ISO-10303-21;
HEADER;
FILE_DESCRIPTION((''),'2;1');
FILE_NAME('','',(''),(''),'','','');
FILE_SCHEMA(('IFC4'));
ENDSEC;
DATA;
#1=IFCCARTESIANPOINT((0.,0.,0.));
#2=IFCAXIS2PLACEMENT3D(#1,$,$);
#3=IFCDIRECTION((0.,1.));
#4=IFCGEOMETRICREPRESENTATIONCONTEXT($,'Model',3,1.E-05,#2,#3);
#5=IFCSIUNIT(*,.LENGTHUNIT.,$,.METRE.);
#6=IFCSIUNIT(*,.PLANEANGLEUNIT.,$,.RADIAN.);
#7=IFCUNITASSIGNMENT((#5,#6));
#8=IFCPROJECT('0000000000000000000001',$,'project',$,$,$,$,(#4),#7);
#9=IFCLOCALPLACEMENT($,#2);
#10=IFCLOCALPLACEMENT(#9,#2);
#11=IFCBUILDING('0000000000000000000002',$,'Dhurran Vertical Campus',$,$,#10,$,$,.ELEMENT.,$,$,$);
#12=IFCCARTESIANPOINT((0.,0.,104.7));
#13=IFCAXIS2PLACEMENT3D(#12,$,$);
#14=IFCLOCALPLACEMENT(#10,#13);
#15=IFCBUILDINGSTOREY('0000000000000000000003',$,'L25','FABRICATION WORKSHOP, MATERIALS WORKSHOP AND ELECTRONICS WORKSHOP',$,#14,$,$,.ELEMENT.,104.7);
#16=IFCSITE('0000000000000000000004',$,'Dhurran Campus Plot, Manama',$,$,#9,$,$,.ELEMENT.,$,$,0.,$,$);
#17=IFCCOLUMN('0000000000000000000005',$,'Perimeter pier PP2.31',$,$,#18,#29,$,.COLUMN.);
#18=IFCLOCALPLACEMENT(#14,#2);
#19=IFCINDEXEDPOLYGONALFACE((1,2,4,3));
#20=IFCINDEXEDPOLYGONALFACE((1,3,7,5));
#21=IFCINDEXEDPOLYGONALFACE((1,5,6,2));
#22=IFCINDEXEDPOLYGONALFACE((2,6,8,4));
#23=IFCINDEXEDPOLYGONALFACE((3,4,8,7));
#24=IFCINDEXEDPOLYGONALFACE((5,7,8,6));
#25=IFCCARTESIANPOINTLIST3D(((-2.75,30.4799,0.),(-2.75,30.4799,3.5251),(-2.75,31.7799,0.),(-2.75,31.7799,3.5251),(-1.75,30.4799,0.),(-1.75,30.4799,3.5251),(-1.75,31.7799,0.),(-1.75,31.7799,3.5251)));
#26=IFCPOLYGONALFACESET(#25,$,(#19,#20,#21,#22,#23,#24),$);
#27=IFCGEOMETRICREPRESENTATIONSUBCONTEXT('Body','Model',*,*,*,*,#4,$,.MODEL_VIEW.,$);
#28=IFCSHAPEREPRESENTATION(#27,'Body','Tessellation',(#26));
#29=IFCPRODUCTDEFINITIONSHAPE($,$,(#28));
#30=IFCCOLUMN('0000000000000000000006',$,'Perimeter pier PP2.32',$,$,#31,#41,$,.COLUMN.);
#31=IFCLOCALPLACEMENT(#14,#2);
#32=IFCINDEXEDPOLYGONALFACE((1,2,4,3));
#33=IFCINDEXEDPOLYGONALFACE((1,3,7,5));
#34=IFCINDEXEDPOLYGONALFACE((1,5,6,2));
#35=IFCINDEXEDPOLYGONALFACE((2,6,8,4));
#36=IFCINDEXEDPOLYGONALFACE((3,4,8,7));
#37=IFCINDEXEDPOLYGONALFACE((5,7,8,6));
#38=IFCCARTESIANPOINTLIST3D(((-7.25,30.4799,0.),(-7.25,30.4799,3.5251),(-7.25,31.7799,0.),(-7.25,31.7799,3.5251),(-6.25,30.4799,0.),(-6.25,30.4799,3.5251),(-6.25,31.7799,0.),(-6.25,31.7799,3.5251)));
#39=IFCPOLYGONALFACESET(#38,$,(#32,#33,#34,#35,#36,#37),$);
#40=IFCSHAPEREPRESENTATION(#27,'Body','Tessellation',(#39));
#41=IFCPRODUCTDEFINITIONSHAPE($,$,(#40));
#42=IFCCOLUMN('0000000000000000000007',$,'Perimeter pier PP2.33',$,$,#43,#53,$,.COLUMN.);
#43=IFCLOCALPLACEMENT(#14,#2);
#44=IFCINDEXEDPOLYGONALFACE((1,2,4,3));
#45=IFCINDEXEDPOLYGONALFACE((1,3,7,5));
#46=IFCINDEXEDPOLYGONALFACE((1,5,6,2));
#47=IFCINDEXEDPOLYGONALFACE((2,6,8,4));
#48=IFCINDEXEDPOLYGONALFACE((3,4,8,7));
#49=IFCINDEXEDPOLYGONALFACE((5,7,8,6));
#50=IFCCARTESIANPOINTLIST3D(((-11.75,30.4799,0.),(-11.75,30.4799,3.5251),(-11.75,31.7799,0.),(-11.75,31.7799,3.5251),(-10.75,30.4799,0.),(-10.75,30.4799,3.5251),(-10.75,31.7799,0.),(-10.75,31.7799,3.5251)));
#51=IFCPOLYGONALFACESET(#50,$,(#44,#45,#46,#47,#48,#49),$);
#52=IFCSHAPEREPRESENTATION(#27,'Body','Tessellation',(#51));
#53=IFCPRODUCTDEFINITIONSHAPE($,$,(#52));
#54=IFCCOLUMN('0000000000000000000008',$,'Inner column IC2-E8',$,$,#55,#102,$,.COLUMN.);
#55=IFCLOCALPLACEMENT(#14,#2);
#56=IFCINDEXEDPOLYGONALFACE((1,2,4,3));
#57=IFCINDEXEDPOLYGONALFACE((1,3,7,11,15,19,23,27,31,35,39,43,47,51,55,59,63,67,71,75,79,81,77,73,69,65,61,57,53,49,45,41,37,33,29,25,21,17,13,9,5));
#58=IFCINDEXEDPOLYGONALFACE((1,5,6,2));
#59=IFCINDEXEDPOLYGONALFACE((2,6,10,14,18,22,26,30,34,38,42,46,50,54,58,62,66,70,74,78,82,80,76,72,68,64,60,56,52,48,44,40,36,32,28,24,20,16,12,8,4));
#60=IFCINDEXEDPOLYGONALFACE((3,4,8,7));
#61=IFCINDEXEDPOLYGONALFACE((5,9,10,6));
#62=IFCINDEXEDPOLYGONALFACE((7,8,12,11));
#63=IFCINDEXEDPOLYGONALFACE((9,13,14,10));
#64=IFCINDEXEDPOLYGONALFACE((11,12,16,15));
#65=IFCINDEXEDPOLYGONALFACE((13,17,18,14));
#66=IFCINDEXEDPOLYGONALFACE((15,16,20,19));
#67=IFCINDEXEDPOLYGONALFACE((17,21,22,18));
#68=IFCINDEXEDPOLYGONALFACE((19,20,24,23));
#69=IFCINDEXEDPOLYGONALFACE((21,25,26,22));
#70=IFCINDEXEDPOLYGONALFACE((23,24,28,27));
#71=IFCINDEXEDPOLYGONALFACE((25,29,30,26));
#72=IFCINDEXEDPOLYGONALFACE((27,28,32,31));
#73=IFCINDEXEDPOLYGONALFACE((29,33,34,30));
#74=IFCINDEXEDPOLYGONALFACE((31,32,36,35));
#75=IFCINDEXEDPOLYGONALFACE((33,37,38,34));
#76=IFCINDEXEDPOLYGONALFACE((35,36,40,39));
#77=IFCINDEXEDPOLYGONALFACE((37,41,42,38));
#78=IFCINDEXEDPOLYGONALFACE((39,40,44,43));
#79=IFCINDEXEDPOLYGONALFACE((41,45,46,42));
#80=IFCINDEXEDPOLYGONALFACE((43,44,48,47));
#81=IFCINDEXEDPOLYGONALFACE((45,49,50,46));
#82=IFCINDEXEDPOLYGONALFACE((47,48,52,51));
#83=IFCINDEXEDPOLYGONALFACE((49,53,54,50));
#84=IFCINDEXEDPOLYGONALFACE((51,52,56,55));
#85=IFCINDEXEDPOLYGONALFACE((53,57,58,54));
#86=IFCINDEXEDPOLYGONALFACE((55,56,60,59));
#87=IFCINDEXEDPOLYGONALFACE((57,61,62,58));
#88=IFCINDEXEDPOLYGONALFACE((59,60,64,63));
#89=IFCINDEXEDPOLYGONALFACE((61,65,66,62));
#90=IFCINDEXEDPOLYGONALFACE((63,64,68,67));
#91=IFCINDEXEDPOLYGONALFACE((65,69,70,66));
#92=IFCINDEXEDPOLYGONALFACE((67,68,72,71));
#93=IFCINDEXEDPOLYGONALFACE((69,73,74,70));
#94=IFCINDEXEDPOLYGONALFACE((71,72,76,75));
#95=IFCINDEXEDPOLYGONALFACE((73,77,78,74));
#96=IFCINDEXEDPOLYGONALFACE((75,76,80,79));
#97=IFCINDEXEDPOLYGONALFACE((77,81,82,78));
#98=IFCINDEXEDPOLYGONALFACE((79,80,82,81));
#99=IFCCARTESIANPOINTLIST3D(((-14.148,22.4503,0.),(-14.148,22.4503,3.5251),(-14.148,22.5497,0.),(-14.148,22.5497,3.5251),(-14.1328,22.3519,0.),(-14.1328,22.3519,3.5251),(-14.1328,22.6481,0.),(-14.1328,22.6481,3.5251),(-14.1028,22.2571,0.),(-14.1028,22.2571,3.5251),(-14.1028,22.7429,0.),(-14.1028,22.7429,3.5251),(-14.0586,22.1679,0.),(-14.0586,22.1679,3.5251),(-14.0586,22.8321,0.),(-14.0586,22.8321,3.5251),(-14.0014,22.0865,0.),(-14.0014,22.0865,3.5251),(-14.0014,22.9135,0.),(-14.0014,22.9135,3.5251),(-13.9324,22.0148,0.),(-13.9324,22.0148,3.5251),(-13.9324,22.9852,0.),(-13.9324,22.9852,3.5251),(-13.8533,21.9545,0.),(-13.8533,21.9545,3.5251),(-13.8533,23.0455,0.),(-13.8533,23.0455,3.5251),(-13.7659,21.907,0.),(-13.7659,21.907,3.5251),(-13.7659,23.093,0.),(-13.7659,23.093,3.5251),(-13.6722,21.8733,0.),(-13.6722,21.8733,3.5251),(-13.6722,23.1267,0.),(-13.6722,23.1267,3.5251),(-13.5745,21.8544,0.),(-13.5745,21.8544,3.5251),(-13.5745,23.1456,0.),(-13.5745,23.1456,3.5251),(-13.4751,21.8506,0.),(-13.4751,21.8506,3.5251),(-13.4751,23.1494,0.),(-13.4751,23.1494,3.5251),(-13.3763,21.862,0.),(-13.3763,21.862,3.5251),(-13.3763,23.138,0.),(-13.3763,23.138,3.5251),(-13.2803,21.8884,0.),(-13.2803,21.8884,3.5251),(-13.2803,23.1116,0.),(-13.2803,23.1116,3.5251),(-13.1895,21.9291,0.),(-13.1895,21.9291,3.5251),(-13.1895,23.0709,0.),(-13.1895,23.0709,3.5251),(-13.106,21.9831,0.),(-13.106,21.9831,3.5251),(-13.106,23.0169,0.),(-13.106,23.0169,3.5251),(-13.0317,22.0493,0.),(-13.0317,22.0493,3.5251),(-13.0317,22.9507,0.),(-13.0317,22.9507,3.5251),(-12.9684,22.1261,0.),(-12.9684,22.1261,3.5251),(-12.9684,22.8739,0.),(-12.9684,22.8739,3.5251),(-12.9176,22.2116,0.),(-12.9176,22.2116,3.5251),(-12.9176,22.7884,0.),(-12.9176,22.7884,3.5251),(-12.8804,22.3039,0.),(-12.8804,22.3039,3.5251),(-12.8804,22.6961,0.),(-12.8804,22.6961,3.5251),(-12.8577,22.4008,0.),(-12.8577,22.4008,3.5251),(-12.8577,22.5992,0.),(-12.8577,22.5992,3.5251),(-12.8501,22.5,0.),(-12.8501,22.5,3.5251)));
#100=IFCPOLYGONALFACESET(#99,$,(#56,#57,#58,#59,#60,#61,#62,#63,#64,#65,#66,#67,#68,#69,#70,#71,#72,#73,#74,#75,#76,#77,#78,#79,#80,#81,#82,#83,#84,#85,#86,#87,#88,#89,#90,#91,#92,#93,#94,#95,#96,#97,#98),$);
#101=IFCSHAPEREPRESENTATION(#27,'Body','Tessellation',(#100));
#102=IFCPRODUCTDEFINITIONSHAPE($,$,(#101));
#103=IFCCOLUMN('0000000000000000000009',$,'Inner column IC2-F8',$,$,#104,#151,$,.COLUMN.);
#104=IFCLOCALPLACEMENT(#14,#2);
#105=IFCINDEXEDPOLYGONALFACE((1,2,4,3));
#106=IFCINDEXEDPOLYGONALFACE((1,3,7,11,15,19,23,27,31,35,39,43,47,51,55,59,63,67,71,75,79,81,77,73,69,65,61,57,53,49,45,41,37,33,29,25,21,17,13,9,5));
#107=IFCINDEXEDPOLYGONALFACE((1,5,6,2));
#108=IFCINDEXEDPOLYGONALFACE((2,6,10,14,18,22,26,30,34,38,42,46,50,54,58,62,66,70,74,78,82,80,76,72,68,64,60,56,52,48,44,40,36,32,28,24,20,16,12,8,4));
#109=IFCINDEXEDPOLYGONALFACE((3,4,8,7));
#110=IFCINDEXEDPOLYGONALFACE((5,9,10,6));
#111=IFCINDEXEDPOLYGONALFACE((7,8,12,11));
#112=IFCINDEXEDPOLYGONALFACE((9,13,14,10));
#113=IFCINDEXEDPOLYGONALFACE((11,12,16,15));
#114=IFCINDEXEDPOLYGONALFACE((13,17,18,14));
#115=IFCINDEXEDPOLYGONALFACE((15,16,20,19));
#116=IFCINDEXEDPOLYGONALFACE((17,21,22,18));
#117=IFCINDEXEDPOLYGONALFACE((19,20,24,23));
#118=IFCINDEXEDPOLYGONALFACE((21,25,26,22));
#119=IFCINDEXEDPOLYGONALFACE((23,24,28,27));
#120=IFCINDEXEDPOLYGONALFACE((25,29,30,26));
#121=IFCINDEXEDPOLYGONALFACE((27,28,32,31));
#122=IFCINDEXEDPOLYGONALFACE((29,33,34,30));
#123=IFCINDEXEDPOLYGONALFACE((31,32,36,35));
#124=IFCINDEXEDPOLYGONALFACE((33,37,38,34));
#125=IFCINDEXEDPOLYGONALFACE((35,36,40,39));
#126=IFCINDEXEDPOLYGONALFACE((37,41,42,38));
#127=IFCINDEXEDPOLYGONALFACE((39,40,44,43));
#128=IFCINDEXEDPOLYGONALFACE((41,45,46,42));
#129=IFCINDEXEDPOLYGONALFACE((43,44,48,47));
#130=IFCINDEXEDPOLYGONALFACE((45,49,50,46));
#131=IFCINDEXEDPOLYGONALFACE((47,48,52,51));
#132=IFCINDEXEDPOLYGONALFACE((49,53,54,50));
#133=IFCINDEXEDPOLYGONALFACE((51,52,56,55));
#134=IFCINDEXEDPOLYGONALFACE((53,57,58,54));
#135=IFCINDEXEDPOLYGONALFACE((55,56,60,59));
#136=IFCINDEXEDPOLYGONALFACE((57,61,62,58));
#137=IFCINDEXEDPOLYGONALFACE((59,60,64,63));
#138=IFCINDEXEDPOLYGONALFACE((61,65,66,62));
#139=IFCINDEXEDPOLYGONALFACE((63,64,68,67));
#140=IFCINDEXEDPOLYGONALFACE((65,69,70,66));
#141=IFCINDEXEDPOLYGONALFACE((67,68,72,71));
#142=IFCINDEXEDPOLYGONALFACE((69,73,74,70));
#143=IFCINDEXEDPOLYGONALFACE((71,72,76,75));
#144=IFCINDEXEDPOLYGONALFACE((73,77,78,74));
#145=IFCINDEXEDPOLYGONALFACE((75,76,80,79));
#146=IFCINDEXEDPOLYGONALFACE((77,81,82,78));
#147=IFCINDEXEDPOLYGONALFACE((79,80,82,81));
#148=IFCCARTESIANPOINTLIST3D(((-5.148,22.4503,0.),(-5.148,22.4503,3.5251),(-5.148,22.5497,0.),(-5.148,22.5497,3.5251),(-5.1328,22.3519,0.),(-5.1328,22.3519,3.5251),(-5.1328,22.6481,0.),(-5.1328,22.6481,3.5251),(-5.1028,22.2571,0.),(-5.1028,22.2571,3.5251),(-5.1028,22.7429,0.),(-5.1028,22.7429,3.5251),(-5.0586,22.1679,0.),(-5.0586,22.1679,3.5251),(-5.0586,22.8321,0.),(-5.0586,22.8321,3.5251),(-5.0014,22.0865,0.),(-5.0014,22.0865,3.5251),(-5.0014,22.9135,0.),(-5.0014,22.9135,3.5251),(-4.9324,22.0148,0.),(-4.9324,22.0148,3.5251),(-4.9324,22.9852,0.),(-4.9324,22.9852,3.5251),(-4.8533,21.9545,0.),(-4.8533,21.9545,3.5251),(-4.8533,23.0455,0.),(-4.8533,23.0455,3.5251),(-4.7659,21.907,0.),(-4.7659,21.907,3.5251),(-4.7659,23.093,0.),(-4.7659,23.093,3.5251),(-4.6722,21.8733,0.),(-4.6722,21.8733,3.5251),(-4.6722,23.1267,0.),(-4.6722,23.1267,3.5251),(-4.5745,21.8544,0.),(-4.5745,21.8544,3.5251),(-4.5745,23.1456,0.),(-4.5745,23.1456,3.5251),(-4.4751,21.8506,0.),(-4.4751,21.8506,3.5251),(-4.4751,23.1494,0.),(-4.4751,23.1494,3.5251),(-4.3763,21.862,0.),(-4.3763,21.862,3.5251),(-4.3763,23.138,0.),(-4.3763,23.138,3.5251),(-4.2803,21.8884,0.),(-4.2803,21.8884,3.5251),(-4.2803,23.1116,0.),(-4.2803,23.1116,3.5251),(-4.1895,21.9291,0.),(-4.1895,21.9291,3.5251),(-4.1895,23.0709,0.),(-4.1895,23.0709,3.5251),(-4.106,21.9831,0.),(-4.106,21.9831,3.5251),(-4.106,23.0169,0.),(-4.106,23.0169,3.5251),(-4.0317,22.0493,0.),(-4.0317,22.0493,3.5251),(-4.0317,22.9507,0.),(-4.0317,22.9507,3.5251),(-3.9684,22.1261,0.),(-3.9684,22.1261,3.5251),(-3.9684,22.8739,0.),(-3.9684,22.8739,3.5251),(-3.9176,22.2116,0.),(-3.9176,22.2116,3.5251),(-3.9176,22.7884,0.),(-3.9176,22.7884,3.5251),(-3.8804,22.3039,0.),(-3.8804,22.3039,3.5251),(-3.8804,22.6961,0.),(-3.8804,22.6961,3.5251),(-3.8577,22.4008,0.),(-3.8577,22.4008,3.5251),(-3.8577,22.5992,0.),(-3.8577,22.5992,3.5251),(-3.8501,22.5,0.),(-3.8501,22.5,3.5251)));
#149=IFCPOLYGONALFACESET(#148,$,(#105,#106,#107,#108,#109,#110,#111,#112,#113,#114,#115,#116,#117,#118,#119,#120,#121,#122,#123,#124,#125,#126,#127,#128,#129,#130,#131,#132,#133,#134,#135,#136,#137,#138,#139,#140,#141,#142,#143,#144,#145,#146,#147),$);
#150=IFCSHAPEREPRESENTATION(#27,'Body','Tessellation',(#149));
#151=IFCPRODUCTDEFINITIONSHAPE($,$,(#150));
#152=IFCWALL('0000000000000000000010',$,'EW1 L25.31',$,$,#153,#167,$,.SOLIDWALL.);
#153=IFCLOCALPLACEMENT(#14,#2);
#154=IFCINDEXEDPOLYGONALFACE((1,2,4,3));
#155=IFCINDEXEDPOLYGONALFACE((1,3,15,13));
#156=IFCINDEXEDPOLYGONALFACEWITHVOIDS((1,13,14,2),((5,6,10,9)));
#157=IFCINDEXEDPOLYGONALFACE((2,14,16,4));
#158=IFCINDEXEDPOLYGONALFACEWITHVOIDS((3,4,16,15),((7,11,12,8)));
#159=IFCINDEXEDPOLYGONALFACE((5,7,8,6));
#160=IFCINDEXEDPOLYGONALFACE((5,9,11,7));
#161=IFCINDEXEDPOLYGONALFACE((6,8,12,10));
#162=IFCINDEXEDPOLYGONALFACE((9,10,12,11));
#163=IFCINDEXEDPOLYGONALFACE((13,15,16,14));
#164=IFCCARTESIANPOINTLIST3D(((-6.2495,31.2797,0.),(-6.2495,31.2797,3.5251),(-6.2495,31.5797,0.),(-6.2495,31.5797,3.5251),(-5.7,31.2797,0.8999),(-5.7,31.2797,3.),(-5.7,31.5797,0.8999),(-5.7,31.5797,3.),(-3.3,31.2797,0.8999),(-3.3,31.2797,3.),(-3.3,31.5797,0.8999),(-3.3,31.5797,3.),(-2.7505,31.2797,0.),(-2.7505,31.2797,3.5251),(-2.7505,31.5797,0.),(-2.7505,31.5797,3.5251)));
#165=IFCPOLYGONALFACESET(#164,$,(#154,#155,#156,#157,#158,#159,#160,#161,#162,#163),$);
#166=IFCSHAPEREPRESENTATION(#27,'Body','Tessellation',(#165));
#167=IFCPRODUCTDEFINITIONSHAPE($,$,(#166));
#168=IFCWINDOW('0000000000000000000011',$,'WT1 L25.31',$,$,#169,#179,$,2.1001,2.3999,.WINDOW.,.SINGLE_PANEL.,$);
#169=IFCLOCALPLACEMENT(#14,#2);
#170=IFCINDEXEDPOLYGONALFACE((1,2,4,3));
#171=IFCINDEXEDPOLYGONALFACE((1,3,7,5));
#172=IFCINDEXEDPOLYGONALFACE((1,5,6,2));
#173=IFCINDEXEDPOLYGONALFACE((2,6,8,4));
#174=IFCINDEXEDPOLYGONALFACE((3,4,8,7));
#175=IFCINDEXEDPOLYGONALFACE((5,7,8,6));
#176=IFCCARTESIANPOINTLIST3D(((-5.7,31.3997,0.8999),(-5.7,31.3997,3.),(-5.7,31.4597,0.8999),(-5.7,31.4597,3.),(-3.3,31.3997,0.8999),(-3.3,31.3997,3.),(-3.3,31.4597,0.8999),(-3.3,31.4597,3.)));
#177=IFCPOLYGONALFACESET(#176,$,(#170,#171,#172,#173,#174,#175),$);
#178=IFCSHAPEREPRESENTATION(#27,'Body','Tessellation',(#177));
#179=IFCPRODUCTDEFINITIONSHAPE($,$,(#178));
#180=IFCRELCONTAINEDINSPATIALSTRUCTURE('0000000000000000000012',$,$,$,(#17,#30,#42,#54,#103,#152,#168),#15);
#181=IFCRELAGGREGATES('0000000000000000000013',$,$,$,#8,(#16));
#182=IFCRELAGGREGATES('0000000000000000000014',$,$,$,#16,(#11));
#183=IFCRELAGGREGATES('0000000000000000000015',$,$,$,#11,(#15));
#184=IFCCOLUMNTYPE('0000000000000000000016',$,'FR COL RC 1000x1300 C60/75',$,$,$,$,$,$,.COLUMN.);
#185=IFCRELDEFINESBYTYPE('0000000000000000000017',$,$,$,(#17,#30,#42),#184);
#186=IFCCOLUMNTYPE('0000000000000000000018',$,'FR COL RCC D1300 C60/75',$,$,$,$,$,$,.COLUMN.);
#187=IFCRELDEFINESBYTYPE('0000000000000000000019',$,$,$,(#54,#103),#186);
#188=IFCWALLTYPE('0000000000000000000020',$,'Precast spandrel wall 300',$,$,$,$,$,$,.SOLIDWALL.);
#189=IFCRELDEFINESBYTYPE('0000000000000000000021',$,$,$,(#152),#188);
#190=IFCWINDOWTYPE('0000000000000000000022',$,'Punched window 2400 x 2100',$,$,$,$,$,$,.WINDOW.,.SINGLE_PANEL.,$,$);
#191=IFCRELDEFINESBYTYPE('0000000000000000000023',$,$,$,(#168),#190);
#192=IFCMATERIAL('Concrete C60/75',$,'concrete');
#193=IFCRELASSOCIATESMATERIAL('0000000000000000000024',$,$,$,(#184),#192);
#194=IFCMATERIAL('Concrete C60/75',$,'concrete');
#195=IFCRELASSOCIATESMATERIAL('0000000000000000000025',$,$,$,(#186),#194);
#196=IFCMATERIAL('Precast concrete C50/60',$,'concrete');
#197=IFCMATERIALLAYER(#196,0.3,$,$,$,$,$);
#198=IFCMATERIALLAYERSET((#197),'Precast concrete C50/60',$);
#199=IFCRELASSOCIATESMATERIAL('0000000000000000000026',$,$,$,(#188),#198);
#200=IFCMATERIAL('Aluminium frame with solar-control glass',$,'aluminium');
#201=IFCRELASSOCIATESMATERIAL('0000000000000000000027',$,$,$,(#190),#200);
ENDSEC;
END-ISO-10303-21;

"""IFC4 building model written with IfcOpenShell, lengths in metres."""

from ifc_helpers import new_model, si_unit, direction, frame, frame_2d, origin, origin_2d, place, context, subcontext, project, spatial, rectangle, circle, extrude, material, layer, layer_set, material_profile, profile_set, type_object, element, fill, save


model = new_model("IFC4")

# Units and contexts
model_context = context("Model", 3, precision=1e-05, world=origin(), true_north=direction((0.0, 1.0)))
body_context = subcontext(model_context, "Body", "Model", "MODEL_VIEW")
ifc_project = project(units=[si_unit("LENGTHUNIT", "METRE"), si_unit("PLANEANGLEUNIT", "RADIAN")], contexts=[model_context])

# Site, building, storey
site_placement = place(None, origin())
site = spatial("IfcSite", under=ifc_project, at=site_placement, Name="Dhurran Campus Plot, Manama", CompositionType="ELEMENT", RefElevation=0.0)
building_placement = place(site_placement, origin())
building = spatial("IfcBuilding", under=site, at=building_placement, Name="Dhurran Vertical Campus", CompositionType="ELEMENT")
storey_placement = place(building_placement, frame((0.0, 0.0, 104.7)))
storey = spatial("IfcBuildingStorey", under=building, at=storey_placement, Name="L25", Description="FABRICATION WORKSHOP, MATERIALS WORKSHOP AND ELECTRONICS WORKSHOP", CompositionType="ELEMENT", Elevation=104.7)

# Columns
ifc_material_1 = material(Name="Concrete C60/75", Category="concrete")
ifc_material_profile_1 = material_profile(ifc_material_1, rectangle(XDim=1.0, YDim=1.3, at=origin_2d()), Name="RC 1000x1300")
ifc_profile_set_1 = profile_set([ifc_material_profile_1], Name="Concrete C60/75")
column_type_1 = type_object("IfcColumnType", Name="FR COL RC 1000x1300 C60/75", PredefinedType="COLUMN", material=ifc_profile_set_1)
for number, where, z_axis, x_axis, name in (
    (1, (-2.25, 31.1299, 0.0), (0.0, 0.0, 1.0), (-1.0, 0.0, 0.0), "Perimeter pier PP2.31"),
    (2, (-6.75, 31.1299, 0.0), (0.0, 0.0, 1.0), (-1.0, 0.0, 0.0), "Perimeter pier PP2.32"),
    (3, (-11.25, 31.1299, 0.0), (0.0, 0.0, 1.0), (-1.0, 0.0, 0.0), "Perimeter pier PP2.33"),
):
    element("IfcColumn", number, at=place(storey_placement, frame(where, z_axis=z_axis, x_axis=x_axis)), inside=storey, type_object=column_type_1, Name=name, PredefinedType="COLUMN", context=body_context, shape_type="SweptSolid", body=[
        extrude(rectangle(XDim=1.0, YDim=1.3, at=origin_2d()), origin(), (0.0, 0.0, 1.0), 3.5251),
    ])
ifc_material_2 = material(Name="Concrete C60/75", Category="concrete")
ifc_material_profile_2 = material_profile(ifc_material_2, circle(Radius=0.6499, at=origin_2d()), Name="RCC D1300")
ifc_profile_set_2 = profile_set([ifc_material_profile_2], Name="Concrete C60/75")
column_type_2 = type_object("IfcColumnType", Name="FR COL RCC D1300 C60/75", PredefinedType="COLUMN", material=ifc_profile_set_2)
for number, where, z_axis, x_axis, name in (
    (4, (-13.5, 22.5, 0.0), (0.0, 0.0, 1.0), (1.0, 0.0, 0.0), "Inner column IC2-E8"),
    (5, (-4.5, 22.5, 0.0), (0.0, 0.0, 1.0), (1.0, 0.0, 0.0), "Inner column IC2-F8"),
):
    element("IfcColumn", number, at=place(storey_placement, frame(where, z_axis=z_axis, x_axis=x_axis)), inside=storey, type_object=column_type_2, Name=name, PredefinedType="COLUMN", context=body_context, shape_type="SweptSolid", body=[
        extrude(circle(Radius=0.6499, at=origin_2d()), origin(), (0.0, 0.0, 1.0), 3.5251),
    ])

# Wall, opening, window
ifc_material_3 = material(Name="Precast concrete C50/60", Category="concrete")
ifc_layer_1 = layer(ifc_material_3, 0.3)
ifc_layer_set_1 = layer_set([ifc_layer_1], Name="Precast concrete C50/60")
wall_type_1 = type_object("IfcWallType", Name="Precast spandrel wall 300", PredefinedType="SOLIDWALL", material=ifc_layer_set_1)
wall_1_placement = place(storey_placement, frame((-2.7505, 31.4297, 0.0), z_axis=(0.0, 0.0, 1.0), x_axis=(-1.0, 0.0, 0.0)))
wall_1 = element("IfcWall", 6, at=wall_1_placement, inside=storey, type_object=wall_type_1, Name="EW1 L25.31", PredefinedType="SOLIDWALL", context=body_context, shape_type="SweptSolid", body=[
    extrude(rectangle(XDim=3.499, YDim=0.3, at=frame_2d((1.7495, 0.0))), origin(), (0.0, 0.0, 1.0), 3.5251),
])
opening_1_placement = place(wall_1_placement, frame((0.5496, 0.0, 0.8999)))
opening_1 = element("IfcOpeningElement", 7, at=opening_1_placement, cuts=wall_1, PredefinedType="OPENING", context=body_context, shape_type="SweptSolid", body=[
    extrude(rectangle(XDim=2.3999, YDim=2.1001, at=frame_2d((1.2, 1.05))), frame((0.0, 0.1599, 0.0), z_axis=(0.0, -1.0, 0.0), x_axis=(1.0, 0.0, 0.0)), (0.0, 0.0, 1.0), 0.3201),
])
ifc_material_4 = material(Name="Aluminium frame with solar-control glass", Category="aluminium")
window_type = type_object("IfcWindowType", Name="Punched window 2400 x 2100", PartitioningType="SINGLE_PANEL", PredefinedType="WINDOW", material=ifc_material_4)
window_1_placement = place(opening_1_placement, origin())
window_1 = element("IfcWindow", 8, at=window_1_placement, inside=storey, type_object=window_type, Name="WT1 L25.31", OverallHeight=2.1001, OverallWidth=2.3999, PartitioningType="SINGLE_PANEL", PredefinedType="WINDOW", context=body_context, shape_type="SweptSolid", body=[
    extrude(rectangle(XDim=2.3999, YDim=2.1001, at=frame_2d((1.2, 1.05))), frame((0.0, 0.03, 0.0), z_axis=(0.0, -1.0, 0.0), x_axis=(1.0, 0.0, 0.0)), (0.0, 0.0, 1.0), 0.0601),
])
fill(opening_1, window_1)

save(model, "model.ifc")
